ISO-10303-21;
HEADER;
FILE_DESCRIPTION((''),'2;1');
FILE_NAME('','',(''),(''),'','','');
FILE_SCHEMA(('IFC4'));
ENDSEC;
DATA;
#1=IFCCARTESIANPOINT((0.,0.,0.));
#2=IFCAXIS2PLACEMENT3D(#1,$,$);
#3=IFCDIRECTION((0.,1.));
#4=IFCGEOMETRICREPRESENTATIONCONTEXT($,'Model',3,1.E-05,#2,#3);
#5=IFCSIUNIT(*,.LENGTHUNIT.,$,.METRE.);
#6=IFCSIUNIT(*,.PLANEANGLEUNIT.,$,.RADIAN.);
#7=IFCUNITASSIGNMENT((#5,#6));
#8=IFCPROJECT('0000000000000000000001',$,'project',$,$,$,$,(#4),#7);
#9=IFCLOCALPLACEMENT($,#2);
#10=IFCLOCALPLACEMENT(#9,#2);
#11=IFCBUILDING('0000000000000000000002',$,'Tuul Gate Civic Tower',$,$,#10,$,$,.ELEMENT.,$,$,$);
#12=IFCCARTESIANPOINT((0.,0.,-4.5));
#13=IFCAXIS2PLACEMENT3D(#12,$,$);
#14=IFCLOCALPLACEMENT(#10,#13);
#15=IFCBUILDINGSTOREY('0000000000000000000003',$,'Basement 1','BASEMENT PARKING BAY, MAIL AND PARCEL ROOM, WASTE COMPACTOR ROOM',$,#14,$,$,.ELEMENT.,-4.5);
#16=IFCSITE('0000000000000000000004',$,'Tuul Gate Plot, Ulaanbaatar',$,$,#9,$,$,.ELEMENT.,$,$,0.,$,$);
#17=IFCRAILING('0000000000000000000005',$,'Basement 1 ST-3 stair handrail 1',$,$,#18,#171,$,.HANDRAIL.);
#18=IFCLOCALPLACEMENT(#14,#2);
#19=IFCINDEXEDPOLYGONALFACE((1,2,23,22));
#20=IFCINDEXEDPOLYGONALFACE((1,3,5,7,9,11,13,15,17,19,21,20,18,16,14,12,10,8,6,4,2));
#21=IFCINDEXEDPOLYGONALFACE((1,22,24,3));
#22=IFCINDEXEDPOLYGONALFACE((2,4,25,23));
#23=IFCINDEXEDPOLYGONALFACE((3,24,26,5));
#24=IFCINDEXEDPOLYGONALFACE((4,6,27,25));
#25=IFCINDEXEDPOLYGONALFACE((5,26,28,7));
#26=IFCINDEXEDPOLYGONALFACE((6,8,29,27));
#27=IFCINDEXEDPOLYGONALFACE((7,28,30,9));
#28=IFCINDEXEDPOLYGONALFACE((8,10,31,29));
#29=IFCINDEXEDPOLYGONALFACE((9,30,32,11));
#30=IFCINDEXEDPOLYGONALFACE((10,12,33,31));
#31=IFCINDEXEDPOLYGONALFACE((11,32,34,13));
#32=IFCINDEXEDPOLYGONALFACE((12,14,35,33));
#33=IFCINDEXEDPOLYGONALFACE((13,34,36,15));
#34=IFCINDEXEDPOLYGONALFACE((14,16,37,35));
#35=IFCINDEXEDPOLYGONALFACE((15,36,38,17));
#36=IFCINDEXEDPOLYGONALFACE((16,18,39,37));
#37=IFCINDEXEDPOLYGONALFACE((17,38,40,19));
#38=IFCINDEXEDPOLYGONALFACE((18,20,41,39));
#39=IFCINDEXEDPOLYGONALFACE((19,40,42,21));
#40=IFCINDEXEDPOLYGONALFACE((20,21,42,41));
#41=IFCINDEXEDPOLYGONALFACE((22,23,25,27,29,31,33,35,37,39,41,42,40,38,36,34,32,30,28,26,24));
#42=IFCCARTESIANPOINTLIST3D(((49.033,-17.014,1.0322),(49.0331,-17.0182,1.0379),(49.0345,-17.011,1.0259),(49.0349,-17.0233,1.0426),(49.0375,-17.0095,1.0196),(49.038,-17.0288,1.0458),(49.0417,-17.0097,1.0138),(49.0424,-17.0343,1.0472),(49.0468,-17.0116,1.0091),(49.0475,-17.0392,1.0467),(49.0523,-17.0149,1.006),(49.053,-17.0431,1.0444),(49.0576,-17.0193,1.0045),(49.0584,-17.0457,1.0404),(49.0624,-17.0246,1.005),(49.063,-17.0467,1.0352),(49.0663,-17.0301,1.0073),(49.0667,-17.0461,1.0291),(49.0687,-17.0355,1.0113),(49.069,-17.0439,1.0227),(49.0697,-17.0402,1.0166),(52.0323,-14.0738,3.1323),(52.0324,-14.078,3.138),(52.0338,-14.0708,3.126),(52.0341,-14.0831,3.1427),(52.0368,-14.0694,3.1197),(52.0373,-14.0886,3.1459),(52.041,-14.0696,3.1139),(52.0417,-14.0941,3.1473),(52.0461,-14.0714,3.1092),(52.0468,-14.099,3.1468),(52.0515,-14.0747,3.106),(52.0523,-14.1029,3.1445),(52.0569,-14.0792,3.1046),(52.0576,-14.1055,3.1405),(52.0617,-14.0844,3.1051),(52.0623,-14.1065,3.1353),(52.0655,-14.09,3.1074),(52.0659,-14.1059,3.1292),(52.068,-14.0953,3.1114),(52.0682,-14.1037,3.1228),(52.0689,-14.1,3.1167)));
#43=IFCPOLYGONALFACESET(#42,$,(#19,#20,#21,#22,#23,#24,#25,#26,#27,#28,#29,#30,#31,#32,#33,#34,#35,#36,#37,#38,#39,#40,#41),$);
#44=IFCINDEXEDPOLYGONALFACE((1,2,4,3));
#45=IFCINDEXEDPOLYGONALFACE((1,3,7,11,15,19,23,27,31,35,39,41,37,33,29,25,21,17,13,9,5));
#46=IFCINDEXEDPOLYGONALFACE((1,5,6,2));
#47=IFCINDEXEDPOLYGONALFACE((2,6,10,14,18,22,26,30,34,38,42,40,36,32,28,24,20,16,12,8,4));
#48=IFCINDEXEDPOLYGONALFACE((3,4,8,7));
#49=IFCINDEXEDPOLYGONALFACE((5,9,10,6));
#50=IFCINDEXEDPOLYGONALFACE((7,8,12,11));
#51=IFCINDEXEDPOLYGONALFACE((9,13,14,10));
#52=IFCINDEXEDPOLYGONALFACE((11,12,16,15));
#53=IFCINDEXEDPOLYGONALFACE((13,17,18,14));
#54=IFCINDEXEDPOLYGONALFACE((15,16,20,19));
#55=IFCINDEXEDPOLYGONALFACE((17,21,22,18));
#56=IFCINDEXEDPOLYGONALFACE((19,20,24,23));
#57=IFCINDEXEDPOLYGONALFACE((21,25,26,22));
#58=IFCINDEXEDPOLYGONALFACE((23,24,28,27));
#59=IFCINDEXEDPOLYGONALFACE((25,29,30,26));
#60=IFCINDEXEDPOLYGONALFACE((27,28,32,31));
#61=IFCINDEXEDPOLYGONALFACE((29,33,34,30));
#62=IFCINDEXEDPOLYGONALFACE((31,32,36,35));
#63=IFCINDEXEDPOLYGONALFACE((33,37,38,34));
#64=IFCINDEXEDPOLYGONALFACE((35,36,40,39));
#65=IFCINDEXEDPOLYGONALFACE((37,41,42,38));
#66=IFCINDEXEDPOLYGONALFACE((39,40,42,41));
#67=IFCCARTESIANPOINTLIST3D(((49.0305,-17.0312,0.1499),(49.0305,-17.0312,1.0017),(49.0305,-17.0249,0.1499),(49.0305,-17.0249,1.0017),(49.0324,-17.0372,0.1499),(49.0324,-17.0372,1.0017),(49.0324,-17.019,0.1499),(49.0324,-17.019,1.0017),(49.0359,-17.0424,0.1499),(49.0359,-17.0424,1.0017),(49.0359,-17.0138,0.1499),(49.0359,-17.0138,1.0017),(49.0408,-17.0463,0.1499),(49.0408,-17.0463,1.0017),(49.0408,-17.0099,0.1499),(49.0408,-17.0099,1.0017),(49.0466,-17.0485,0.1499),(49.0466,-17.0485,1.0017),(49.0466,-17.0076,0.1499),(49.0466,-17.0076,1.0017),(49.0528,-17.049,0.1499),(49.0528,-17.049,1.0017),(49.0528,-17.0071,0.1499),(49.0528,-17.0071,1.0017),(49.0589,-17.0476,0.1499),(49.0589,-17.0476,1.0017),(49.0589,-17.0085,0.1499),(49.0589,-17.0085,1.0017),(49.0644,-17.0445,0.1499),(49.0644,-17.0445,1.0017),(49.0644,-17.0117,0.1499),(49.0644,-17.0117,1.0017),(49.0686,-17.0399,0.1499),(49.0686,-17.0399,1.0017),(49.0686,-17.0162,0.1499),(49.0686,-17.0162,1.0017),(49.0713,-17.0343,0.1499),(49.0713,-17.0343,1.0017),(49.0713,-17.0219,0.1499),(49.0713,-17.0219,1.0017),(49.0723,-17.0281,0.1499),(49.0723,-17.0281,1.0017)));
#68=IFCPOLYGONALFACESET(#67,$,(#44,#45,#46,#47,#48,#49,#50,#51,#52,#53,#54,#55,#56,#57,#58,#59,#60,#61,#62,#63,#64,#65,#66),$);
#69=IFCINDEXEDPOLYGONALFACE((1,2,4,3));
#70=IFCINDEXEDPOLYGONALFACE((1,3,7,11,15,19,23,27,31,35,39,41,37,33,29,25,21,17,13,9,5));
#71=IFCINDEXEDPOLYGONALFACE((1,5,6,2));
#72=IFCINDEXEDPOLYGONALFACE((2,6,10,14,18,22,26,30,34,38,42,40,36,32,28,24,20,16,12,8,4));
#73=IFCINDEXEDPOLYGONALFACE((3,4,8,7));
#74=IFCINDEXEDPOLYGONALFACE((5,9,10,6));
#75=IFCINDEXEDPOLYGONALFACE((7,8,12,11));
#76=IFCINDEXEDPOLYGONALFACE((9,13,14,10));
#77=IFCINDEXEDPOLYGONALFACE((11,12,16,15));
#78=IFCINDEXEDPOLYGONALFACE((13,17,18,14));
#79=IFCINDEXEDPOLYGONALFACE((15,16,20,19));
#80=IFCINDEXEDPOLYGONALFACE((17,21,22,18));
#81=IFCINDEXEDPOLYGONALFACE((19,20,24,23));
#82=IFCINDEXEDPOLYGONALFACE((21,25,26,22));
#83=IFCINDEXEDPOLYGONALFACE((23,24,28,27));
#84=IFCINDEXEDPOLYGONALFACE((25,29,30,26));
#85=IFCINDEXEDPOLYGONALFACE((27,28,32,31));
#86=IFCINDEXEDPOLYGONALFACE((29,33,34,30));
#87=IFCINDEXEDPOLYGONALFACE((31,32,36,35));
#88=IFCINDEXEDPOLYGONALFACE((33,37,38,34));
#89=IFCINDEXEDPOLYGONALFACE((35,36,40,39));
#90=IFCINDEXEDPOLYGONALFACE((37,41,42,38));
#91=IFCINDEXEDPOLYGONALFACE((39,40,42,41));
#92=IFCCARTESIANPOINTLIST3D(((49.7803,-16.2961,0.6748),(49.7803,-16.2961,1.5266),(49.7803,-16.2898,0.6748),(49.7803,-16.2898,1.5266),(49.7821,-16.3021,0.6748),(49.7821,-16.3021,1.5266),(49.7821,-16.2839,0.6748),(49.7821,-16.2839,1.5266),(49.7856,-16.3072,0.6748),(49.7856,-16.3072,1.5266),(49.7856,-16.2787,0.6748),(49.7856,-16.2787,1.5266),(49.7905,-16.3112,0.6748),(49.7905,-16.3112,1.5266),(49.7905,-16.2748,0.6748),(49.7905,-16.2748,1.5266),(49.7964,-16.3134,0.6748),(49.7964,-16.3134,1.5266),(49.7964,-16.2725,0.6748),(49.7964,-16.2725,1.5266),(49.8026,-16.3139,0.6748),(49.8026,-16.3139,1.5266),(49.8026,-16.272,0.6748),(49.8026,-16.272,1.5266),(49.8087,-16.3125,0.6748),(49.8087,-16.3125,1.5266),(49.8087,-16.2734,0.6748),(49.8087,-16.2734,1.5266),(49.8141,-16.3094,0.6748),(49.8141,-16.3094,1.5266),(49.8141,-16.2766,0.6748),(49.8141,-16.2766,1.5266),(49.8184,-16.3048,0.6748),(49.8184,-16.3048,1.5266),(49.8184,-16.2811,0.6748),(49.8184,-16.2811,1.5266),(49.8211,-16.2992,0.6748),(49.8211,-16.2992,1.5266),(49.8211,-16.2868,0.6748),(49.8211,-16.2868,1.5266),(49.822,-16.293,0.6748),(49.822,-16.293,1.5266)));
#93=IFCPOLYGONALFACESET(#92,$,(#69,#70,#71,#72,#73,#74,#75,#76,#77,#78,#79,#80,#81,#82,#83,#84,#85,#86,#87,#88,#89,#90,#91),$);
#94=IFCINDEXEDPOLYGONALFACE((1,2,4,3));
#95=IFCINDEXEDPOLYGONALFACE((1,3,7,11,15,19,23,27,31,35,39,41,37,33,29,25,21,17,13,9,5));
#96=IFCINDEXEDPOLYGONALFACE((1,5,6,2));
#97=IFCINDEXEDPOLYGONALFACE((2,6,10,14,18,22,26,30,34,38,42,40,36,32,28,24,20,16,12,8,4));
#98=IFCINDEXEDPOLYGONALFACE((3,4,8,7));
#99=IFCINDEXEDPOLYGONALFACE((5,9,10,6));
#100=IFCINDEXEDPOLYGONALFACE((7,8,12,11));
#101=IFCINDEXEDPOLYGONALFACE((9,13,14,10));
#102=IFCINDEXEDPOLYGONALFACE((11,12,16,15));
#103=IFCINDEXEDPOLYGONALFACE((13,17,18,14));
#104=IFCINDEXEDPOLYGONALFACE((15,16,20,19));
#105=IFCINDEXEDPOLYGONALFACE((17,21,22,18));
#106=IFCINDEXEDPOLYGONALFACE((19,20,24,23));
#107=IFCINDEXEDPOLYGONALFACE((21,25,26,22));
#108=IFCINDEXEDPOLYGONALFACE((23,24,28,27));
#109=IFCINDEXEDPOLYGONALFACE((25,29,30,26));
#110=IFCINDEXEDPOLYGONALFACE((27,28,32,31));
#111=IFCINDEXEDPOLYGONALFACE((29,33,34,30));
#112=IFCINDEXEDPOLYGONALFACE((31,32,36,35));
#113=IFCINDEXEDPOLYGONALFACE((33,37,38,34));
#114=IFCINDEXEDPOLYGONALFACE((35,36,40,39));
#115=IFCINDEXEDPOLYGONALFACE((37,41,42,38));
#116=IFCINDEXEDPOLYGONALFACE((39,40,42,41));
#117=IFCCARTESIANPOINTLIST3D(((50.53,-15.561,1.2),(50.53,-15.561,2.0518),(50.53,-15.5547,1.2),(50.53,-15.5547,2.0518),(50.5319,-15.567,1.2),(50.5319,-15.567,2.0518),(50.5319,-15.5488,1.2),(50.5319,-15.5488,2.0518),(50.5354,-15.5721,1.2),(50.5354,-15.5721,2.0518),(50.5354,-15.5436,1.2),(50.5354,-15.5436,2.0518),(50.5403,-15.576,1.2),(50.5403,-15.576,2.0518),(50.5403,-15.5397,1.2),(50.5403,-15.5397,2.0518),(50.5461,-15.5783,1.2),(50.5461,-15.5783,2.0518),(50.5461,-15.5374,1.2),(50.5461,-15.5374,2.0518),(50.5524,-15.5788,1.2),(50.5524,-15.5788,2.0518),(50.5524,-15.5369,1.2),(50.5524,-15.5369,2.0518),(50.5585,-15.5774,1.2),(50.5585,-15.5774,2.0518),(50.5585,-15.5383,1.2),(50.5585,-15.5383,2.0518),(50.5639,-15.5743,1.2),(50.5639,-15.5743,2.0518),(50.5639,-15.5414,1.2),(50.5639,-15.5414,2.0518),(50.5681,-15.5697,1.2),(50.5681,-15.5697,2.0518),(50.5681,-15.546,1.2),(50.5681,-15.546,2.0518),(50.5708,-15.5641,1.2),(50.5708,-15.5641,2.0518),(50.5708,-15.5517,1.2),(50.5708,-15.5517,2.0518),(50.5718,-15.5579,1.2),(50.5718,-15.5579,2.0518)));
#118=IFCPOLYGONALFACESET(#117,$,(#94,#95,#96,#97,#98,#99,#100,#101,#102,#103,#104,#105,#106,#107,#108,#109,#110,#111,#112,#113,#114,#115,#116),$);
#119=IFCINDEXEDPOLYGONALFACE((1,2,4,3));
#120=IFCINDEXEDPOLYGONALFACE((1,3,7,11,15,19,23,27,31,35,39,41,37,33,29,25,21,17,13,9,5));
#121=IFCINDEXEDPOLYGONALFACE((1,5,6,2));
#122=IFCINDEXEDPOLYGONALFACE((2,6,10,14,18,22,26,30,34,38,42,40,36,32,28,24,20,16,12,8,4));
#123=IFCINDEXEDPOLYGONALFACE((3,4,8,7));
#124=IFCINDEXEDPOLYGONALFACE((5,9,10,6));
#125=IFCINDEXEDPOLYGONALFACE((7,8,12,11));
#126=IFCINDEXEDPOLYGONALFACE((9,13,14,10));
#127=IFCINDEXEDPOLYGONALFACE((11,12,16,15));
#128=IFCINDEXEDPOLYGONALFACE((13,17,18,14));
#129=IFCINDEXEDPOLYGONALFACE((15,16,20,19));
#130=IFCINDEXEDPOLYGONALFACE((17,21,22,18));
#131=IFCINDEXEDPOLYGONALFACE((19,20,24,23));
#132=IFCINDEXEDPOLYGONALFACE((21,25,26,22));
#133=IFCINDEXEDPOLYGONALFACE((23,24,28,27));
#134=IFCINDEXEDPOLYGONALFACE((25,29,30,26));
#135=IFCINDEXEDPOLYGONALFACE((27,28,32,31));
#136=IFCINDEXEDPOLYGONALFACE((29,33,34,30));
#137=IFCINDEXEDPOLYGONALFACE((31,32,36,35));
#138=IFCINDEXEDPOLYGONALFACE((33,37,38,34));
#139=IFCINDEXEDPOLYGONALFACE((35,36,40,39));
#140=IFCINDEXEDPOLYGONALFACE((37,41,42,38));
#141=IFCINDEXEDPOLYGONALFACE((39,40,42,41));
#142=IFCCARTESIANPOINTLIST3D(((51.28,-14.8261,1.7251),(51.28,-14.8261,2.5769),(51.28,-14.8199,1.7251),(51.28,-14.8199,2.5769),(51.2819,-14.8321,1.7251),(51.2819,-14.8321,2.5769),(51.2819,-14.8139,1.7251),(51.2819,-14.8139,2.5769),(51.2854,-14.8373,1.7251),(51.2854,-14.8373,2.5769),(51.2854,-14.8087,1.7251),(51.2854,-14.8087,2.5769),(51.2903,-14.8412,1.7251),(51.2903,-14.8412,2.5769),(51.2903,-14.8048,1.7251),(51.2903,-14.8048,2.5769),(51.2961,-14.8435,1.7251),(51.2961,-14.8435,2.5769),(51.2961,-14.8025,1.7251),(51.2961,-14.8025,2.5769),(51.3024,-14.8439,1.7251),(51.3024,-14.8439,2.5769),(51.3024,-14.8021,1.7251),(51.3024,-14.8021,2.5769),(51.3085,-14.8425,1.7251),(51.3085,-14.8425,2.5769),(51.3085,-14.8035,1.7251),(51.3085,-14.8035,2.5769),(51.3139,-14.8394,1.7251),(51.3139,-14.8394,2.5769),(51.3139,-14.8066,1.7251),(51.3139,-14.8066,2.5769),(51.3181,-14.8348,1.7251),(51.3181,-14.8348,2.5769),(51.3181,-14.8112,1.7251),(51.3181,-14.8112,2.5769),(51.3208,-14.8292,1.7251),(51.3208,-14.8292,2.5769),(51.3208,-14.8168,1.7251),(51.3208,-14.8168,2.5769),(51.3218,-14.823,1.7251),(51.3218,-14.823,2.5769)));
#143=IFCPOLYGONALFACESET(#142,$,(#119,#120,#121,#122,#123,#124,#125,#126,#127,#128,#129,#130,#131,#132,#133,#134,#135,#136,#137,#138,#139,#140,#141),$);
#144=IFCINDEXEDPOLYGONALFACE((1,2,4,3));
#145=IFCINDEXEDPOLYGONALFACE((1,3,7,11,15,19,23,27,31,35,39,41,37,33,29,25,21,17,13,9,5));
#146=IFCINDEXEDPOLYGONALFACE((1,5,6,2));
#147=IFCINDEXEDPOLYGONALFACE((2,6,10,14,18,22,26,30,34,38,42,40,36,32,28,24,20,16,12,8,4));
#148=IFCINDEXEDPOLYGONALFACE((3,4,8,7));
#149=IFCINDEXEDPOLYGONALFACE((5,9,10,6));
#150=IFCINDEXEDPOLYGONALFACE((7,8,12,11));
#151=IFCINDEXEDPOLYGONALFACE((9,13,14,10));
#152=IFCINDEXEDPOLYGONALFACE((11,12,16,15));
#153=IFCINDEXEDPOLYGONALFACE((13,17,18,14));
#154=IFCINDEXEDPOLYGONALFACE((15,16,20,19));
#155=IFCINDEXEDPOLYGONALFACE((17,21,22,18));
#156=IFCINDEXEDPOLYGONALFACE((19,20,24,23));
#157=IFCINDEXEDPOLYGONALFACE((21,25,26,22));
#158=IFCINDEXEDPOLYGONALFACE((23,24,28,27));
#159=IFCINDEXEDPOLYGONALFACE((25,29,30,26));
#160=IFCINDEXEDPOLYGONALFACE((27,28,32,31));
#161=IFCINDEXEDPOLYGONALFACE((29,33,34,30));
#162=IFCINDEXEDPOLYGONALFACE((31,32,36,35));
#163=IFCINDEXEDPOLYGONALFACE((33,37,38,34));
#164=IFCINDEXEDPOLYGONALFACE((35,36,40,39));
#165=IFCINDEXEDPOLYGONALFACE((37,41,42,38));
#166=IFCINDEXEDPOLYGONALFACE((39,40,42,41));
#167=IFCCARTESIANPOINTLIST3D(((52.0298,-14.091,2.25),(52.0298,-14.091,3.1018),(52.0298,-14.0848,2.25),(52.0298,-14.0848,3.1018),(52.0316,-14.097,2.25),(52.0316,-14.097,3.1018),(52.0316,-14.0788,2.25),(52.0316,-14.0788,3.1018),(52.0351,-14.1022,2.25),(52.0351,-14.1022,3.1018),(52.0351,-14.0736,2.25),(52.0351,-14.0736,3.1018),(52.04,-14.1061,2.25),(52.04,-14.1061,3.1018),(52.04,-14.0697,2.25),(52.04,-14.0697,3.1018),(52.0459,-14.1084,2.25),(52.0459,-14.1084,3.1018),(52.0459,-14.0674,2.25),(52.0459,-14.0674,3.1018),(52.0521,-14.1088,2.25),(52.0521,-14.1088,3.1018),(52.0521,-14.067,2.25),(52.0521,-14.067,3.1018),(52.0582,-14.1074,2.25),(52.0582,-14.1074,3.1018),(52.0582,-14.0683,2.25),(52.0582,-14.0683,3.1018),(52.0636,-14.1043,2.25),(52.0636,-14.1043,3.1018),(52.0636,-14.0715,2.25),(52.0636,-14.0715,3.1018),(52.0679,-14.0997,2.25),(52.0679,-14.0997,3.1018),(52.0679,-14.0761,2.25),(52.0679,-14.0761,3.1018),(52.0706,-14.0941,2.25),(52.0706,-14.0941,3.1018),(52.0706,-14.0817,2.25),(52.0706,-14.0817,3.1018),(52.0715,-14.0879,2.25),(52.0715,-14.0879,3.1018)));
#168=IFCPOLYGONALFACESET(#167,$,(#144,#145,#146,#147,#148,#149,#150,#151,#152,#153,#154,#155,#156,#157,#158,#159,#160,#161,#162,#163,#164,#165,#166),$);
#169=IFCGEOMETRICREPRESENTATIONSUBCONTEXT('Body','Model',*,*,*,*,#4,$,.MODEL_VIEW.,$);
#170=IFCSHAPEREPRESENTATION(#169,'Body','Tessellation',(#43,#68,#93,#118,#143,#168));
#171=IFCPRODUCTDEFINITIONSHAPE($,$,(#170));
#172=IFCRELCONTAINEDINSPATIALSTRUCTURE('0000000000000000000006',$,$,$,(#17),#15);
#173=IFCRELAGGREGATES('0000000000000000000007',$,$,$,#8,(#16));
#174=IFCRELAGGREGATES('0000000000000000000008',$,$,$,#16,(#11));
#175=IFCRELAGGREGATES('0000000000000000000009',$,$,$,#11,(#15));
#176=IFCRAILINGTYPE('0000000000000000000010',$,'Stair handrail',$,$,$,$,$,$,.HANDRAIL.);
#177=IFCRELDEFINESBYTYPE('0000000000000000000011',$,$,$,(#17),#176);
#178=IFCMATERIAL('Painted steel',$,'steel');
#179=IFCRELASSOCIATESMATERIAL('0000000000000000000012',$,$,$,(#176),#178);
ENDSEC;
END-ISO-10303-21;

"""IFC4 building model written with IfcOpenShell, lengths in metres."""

from ifc_helpers import new_model, si_unit, direction, frame, origin, origin_2d, place, context, subcontext, project, spatial, circle, extrude, material, type_object, element, save


model = new_model("IFC4")

# Units and contexts
model_context = context("Model", 3, precision=1e-05, world=origin(), true_north=direction((0.0, 1.0)))
body_context = subcontext(model_context, "Body", "Model", "MODEL_VIEW")
ifc_project = project(units=[si_unit("LENGTHUNIT", "METRE"), si_unit("PLANEANGLEUNIT", "RADIAN")], contexts=[model_context])

# Site, building, storey
site_placement = place(None, origin())
site = spatial("IfcSite", under=ifc_project, at=site_placement, Name="Tuul Gate Plot, Ulaanbaatar", CompositionType="ELEMENT", RefElevation=0.0)
building_placement = place(site_placement, origin())
building = spatial("IfcBuilding", under=site, at=building_placement, Name="Tuul Gate Civic Tower", CompositionType="ELEMENT")
storey_placement = place(building_placement, frame((0.0, 0.0, -4.5)))
storey = spatial("IfcBuildingStorey", under=building, at=storey_placement, Name="Basement 1", Description="BASEMENT PARKING BAY, MAIL AND PARCEL ROOM, WASTE COMPACTOR ROOM", CompositionType="ELEMENT", Elevation=-4.5)

# Railing
ifc_material_1 = material(Name="Painted steel", Category="steel")
railing_type_1 = type_object("IfcRailingType", Name="Stair handrail", PredefinedType="HANDRAIL", material=ifc_material_1)
railing_1_placement = place(storey_placement, frame((49.0513, -17.0281, 0.1499)))
element("IfcRailing", 1, at=railing_1_placement, inside=storey, type_object=railing_type_1, Name="Basement 1 ST-3 stair handrail 1", PredefinedType="HANDRAIL", context=body_context, shape_type="SweptSolid", body=[
    extrude(circle(Radius=0.0239, at=origin_2d()), frame((0.0, 0.0, 0.876), z_axis=(0.63871, 0.626129, 0.447227), x_axis=(-0.700038, 0.714105, 0.0)), (0.0, 0.0, 1.0), 4.6958),
    extrude(circle(Radius=0.021, at=origin_2d()), origin(), (0.0, 0.0, 1.0), 0.8518),
    extrude(circle(Radius=0.021, at=origin_2d()), frame((0.7498, 0.7351, 0.5249)), (0.0, 0.0, 1.0), 0.8518),
    extrude(circle(Radius=0.021, at=origin_2d()), frame((1.4995, 1.4702, 1.05)), (0.0, 0.0, 1.0), 0.8518),
    extrude(circle(Radius=0.021, at=origin_2d()), frame((2.2495, 2.2051, 1.5752)), (0.0, 0.0, 1.0), 0.8518),
    extrude(circle(Radius=0.021, at=origin_2d()), frame((2.9993, 2.9402, 2.1001)), (0.0, 0.0, 1.0), 0.8518),
])

save(model, "model.ifc")
